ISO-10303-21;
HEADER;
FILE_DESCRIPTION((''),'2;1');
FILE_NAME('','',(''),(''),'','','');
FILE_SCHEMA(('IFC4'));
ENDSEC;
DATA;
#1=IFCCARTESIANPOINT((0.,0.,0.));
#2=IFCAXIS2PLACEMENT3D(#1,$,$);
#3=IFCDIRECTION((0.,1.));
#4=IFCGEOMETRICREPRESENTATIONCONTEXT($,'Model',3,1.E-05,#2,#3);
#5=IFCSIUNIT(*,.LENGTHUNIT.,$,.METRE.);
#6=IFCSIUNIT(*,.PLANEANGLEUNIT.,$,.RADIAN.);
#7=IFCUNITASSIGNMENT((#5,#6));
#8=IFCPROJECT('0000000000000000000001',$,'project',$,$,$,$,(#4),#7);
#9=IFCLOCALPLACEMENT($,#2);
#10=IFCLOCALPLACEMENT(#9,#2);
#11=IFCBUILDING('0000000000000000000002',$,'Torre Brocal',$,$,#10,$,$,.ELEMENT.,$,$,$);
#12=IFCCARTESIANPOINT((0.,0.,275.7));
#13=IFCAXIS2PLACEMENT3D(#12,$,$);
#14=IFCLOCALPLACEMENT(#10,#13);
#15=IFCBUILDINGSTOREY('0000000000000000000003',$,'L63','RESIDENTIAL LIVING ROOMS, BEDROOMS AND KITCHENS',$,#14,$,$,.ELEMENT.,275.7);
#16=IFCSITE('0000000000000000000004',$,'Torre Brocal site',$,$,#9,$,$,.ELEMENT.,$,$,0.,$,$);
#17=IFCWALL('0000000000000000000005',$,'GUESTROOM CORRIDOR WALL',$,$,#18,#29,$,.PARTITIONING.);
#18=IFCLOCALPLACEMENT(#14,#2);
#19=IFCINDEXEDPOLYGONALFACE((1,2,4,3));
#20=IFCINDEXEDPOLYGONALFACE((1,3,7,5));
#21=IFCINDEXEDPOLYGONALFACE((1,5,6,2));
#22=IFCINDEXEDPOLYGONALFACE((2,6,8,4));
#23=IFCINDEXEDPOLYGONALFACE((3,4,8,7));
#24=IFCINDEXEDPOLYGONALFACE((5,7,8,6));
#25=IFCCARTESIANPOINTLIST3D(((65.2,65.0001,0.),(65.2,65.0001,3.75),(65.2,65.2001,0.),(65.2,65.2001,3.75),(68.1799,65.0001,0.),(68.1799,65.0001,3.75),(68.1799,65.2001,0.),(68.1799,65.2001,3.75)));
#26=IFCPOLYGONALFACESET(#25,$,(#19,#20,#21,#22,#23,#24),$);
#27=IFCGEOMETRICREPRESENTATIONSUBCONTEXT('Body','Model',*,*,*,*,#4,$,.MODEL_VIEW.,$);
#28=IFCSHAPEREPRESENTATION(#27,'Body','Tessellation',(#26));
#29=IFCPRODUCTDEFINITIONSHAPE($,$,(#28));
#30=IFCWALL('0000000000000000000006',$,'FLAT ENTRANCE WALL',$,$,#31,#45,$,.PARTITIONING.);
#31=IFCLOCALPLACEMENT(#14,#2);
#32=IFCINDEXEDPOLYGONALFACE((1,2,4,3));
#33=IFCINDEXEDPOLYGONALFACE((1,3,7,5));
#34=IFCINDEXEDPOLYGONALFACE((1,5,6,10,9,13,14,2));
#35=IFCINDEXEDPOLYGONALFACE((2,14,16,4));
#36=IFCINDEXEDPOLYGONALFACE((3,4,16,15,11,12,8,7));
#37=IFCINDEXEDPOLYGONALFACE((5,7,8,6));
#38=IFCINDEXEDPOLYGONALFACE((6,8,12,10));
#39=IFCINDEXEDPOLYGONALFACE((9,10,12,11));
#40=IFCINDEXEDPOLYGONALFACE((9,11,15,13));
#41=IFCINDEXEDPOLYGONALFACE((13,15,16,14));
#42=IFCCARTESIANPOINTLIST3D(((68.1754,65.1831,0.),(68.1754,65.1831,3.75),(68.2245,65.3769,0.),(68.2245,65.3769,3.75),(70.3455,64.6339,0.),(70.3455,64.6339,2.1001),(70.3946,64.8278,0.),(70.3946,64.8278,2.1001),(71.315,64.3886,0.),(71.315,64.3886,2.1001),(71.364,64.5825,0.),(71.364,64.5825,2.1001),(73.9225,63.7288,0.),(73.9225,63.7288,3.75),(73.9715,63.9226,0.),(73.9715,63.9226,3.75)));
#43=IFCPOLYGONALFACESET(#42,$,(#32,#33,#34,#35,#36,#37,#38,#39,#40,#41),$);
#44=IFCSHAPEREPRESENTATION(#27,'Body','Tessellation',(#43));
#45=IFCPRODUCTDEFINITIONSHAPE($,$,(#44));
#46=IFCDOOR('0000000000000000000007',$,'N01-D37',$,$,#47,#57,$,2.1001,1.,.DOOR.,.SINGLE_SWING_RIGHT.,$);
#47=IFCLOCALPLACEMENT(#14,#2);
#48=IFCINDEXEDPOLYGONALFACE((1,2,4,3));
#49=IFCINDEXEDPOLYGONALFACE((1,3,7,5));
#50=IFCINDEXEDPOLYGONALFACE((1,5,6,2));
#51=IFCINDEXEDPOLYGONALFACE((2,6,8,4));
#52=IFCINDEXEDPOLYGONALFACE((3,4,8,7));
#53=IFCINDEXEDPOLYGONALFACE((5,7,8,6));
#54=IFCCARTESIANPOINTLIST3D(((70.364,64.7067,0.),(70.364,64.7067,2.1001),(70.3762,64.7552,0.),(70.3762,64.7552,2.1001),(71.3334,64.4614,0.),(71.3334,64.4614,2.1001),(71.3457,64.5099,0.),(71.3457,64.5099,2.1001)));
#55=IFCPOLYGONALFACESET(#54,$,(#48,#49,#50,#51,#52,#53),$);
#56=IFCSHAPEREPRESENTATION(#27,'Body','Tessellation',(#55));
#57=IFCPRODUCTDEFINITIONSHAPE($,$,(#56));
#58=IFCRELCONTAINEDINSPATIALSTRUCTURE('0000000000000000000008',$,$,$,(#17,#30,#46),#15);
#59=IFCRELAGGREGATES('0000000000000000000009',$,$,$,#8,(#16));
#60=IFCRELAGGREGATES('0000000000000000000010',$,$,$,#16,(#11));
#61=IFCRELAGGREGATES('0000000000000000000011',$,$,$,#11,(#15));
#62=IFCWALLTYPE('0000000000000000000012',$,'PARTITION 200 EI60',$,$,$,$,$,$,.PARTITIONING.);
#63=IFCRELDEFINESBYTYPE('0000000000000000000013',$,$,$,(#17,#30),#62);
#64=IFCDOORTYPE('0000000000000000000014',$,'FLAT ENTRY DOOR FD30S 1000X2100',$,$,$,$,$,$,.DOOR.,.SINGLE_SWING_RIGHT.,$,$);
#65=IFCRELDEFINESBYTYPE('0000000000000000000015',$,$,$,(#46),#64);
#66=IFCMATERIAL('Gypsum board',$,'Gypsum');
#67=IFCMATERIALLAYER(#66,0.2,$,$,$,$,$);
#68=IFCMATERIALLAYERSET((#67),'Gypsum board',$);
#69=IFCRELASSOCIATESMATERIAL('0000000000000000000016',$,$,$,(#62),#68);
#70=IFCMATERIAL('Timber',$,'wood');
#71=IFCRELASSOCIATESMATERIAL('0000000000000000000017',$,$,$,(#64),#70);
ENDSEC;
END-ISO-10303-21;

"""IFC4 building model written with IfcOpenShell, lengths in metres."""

from ifc_helpers import new_model, si_unit, direction, frame, frame_2d, origin, place, context, subcontext, project, spatial, rectangle, extrude, material, layer, layer_set, type_object, element, fill, save


model = new_model("IFC4")

# Units and contexts
model_context = context("Model", 3, precision=1e-05, world=origin(), true_north=direction((0.0, 1.0)))
body_context = subcontext(model_context, "Body", "Model", "MODEL_VIEW")
ifc_project = project(units=[si_unit("LENGTHUNIT", "METRE"), si_unit("PLANEANGLEUNIT", "RADIAN")], contexts=[model_context])

# Site, building, storey
site_placement = place(None, origin())
site = spatial("IfcSite", under=ifc_project, at=site_placement, Name="Torre Brocal site", CompositionType="ELEMENT", RefElevation=0.0)
building_placement = place(site_placement, origin())
building = spatial("IfcBuilding", under=site, at=building_placement, Name="Torre Brocal", CompositionType="ELEMENT")
storey_placement = place(building_placement, frame((0.0, 0.0, 275.7)))
storey = spatial("IfcBuildingStorey", under=building, at=storey_placement, Name="L63", Description="RESIDENTIAL LIVING ROOMS, BEDROOMS AND KITCHENS", CompositionType="ELEMENT", Elevation=275.7)

# Wall
ifc_material_1 = material(Name="Gypsum board", Category="Gypsum")
ifc_layer_1 = layer(ifc_material_1, 0.2)
ifc_layer_set_1 = layer_set([ifc_layer_1], Name="Gypsum board")
wall_type_1 = type_object("IfcWallType", Name="PARTITION 200 EI60", PredefinedType="PARTITIONING", material=ifc_layer_set_1)
wall_1_placement = place(storey_placement, frame((65.2, 65.1001, 0.0), z_axis=(0.0, 0.0, 1.0), x_axis=(1.0, 0.0, 0.0)))
element("IfcWall", 1, at=wall_1_placement, inside=storey, type_object=wall_type_1, Name="GUESTROOM CORRIDOR WALL", PredefinedType="PARTITIONING", context=body_context, shape_type="SweptSolid", body=[
    extrude(rectangle(XDim=2.98, YDim=0.2, at=frame_2d((1.49, 0.0))), origin(), (0.0, 0.0, 1.0), 3.75),
])

# Wall, opening, door
wall_2_placement = place(storey_placement, frame((68.2, 65.28, 0.0), z_axis=(0.0, 0.0, 1.0), x_axis=(0.969441, -0.245325, 0.0)))
wall_2 = element("IfcWall", 2, at=wall_2_placement, inside=storey, type_object=wall_type_1, Name="FLAT ENTRANCE WALL", PredefinedType="PARTITIONING", context=body_context, shape_type="SweptSolid", body=[
    extrude(rectangle(XDim=5.9282, YDim=0.2, at=frame_2d((2.9641, 0.0))), origin(), (0.0, 0.0, 1.0), 3.75),
])
opening_1_placement = place(wall_2_placement, frame((2.2385, 0.0, 0.0)))
opening_1 = element("IfcOpeningElement", 3, at=opening_1_placement, cuts=wall_2, PredefinedType="OPENING", context=body_context, shape_type="SweptSolid", body=[
    extrude(rectangle(XDim=1.0, YDim=2.1001, at=frame_2d((0.5, 1.05))), frame((0.0, 0.1099, 0.0), z_axis=(0.0, -1.0, 0.0), x_axis=(1.0, 0.0, 0.0)), (0.0, 0.0, 1.0), 0.22),
])
ifc_material_2 = material(Name="Timber", Category="wood")
door_type_1 = type_object("IfcDoorType", Name="FLAT ENTRY DOOR FD30S 1000X2100", OperationType="SINGLE_SWING_RIGHT", PredefinedType="DOOR", material=ifc_material_2)
door_1_placement = place(opening_1_placement, frame((1.0, 0.0, 0.0), z_axis=(0.0, 0.0, 1.0), x_axis=(-1.0, 0.0, 0.0)))
door_1 = element("IfcDoor", 4, at=door_1_placement, inside=storey, type_object=door_type_1, Name="N01-D37", OperationType="SINGLE_SWING_RIGHT", OverallHeight=2.1001, OverallWidth=1.0, PredefinedType="DOOR", context=body_context, shape_type="SweptSolid", body=[
    extrude(rectangle(XDim=1.0, YDim=2.1001, at=frame_2d((0.5, 1.05))), frame((0.0, 0.0249, 0.0), z_axis=(0.0, -1.0, 0.0), x_axis=(1.0, 0.0, 0.0)), (0.0, 0.0, 1.0), 0.05),
])
fill(opening_1, door_1)

save(model, "model.ifc")
